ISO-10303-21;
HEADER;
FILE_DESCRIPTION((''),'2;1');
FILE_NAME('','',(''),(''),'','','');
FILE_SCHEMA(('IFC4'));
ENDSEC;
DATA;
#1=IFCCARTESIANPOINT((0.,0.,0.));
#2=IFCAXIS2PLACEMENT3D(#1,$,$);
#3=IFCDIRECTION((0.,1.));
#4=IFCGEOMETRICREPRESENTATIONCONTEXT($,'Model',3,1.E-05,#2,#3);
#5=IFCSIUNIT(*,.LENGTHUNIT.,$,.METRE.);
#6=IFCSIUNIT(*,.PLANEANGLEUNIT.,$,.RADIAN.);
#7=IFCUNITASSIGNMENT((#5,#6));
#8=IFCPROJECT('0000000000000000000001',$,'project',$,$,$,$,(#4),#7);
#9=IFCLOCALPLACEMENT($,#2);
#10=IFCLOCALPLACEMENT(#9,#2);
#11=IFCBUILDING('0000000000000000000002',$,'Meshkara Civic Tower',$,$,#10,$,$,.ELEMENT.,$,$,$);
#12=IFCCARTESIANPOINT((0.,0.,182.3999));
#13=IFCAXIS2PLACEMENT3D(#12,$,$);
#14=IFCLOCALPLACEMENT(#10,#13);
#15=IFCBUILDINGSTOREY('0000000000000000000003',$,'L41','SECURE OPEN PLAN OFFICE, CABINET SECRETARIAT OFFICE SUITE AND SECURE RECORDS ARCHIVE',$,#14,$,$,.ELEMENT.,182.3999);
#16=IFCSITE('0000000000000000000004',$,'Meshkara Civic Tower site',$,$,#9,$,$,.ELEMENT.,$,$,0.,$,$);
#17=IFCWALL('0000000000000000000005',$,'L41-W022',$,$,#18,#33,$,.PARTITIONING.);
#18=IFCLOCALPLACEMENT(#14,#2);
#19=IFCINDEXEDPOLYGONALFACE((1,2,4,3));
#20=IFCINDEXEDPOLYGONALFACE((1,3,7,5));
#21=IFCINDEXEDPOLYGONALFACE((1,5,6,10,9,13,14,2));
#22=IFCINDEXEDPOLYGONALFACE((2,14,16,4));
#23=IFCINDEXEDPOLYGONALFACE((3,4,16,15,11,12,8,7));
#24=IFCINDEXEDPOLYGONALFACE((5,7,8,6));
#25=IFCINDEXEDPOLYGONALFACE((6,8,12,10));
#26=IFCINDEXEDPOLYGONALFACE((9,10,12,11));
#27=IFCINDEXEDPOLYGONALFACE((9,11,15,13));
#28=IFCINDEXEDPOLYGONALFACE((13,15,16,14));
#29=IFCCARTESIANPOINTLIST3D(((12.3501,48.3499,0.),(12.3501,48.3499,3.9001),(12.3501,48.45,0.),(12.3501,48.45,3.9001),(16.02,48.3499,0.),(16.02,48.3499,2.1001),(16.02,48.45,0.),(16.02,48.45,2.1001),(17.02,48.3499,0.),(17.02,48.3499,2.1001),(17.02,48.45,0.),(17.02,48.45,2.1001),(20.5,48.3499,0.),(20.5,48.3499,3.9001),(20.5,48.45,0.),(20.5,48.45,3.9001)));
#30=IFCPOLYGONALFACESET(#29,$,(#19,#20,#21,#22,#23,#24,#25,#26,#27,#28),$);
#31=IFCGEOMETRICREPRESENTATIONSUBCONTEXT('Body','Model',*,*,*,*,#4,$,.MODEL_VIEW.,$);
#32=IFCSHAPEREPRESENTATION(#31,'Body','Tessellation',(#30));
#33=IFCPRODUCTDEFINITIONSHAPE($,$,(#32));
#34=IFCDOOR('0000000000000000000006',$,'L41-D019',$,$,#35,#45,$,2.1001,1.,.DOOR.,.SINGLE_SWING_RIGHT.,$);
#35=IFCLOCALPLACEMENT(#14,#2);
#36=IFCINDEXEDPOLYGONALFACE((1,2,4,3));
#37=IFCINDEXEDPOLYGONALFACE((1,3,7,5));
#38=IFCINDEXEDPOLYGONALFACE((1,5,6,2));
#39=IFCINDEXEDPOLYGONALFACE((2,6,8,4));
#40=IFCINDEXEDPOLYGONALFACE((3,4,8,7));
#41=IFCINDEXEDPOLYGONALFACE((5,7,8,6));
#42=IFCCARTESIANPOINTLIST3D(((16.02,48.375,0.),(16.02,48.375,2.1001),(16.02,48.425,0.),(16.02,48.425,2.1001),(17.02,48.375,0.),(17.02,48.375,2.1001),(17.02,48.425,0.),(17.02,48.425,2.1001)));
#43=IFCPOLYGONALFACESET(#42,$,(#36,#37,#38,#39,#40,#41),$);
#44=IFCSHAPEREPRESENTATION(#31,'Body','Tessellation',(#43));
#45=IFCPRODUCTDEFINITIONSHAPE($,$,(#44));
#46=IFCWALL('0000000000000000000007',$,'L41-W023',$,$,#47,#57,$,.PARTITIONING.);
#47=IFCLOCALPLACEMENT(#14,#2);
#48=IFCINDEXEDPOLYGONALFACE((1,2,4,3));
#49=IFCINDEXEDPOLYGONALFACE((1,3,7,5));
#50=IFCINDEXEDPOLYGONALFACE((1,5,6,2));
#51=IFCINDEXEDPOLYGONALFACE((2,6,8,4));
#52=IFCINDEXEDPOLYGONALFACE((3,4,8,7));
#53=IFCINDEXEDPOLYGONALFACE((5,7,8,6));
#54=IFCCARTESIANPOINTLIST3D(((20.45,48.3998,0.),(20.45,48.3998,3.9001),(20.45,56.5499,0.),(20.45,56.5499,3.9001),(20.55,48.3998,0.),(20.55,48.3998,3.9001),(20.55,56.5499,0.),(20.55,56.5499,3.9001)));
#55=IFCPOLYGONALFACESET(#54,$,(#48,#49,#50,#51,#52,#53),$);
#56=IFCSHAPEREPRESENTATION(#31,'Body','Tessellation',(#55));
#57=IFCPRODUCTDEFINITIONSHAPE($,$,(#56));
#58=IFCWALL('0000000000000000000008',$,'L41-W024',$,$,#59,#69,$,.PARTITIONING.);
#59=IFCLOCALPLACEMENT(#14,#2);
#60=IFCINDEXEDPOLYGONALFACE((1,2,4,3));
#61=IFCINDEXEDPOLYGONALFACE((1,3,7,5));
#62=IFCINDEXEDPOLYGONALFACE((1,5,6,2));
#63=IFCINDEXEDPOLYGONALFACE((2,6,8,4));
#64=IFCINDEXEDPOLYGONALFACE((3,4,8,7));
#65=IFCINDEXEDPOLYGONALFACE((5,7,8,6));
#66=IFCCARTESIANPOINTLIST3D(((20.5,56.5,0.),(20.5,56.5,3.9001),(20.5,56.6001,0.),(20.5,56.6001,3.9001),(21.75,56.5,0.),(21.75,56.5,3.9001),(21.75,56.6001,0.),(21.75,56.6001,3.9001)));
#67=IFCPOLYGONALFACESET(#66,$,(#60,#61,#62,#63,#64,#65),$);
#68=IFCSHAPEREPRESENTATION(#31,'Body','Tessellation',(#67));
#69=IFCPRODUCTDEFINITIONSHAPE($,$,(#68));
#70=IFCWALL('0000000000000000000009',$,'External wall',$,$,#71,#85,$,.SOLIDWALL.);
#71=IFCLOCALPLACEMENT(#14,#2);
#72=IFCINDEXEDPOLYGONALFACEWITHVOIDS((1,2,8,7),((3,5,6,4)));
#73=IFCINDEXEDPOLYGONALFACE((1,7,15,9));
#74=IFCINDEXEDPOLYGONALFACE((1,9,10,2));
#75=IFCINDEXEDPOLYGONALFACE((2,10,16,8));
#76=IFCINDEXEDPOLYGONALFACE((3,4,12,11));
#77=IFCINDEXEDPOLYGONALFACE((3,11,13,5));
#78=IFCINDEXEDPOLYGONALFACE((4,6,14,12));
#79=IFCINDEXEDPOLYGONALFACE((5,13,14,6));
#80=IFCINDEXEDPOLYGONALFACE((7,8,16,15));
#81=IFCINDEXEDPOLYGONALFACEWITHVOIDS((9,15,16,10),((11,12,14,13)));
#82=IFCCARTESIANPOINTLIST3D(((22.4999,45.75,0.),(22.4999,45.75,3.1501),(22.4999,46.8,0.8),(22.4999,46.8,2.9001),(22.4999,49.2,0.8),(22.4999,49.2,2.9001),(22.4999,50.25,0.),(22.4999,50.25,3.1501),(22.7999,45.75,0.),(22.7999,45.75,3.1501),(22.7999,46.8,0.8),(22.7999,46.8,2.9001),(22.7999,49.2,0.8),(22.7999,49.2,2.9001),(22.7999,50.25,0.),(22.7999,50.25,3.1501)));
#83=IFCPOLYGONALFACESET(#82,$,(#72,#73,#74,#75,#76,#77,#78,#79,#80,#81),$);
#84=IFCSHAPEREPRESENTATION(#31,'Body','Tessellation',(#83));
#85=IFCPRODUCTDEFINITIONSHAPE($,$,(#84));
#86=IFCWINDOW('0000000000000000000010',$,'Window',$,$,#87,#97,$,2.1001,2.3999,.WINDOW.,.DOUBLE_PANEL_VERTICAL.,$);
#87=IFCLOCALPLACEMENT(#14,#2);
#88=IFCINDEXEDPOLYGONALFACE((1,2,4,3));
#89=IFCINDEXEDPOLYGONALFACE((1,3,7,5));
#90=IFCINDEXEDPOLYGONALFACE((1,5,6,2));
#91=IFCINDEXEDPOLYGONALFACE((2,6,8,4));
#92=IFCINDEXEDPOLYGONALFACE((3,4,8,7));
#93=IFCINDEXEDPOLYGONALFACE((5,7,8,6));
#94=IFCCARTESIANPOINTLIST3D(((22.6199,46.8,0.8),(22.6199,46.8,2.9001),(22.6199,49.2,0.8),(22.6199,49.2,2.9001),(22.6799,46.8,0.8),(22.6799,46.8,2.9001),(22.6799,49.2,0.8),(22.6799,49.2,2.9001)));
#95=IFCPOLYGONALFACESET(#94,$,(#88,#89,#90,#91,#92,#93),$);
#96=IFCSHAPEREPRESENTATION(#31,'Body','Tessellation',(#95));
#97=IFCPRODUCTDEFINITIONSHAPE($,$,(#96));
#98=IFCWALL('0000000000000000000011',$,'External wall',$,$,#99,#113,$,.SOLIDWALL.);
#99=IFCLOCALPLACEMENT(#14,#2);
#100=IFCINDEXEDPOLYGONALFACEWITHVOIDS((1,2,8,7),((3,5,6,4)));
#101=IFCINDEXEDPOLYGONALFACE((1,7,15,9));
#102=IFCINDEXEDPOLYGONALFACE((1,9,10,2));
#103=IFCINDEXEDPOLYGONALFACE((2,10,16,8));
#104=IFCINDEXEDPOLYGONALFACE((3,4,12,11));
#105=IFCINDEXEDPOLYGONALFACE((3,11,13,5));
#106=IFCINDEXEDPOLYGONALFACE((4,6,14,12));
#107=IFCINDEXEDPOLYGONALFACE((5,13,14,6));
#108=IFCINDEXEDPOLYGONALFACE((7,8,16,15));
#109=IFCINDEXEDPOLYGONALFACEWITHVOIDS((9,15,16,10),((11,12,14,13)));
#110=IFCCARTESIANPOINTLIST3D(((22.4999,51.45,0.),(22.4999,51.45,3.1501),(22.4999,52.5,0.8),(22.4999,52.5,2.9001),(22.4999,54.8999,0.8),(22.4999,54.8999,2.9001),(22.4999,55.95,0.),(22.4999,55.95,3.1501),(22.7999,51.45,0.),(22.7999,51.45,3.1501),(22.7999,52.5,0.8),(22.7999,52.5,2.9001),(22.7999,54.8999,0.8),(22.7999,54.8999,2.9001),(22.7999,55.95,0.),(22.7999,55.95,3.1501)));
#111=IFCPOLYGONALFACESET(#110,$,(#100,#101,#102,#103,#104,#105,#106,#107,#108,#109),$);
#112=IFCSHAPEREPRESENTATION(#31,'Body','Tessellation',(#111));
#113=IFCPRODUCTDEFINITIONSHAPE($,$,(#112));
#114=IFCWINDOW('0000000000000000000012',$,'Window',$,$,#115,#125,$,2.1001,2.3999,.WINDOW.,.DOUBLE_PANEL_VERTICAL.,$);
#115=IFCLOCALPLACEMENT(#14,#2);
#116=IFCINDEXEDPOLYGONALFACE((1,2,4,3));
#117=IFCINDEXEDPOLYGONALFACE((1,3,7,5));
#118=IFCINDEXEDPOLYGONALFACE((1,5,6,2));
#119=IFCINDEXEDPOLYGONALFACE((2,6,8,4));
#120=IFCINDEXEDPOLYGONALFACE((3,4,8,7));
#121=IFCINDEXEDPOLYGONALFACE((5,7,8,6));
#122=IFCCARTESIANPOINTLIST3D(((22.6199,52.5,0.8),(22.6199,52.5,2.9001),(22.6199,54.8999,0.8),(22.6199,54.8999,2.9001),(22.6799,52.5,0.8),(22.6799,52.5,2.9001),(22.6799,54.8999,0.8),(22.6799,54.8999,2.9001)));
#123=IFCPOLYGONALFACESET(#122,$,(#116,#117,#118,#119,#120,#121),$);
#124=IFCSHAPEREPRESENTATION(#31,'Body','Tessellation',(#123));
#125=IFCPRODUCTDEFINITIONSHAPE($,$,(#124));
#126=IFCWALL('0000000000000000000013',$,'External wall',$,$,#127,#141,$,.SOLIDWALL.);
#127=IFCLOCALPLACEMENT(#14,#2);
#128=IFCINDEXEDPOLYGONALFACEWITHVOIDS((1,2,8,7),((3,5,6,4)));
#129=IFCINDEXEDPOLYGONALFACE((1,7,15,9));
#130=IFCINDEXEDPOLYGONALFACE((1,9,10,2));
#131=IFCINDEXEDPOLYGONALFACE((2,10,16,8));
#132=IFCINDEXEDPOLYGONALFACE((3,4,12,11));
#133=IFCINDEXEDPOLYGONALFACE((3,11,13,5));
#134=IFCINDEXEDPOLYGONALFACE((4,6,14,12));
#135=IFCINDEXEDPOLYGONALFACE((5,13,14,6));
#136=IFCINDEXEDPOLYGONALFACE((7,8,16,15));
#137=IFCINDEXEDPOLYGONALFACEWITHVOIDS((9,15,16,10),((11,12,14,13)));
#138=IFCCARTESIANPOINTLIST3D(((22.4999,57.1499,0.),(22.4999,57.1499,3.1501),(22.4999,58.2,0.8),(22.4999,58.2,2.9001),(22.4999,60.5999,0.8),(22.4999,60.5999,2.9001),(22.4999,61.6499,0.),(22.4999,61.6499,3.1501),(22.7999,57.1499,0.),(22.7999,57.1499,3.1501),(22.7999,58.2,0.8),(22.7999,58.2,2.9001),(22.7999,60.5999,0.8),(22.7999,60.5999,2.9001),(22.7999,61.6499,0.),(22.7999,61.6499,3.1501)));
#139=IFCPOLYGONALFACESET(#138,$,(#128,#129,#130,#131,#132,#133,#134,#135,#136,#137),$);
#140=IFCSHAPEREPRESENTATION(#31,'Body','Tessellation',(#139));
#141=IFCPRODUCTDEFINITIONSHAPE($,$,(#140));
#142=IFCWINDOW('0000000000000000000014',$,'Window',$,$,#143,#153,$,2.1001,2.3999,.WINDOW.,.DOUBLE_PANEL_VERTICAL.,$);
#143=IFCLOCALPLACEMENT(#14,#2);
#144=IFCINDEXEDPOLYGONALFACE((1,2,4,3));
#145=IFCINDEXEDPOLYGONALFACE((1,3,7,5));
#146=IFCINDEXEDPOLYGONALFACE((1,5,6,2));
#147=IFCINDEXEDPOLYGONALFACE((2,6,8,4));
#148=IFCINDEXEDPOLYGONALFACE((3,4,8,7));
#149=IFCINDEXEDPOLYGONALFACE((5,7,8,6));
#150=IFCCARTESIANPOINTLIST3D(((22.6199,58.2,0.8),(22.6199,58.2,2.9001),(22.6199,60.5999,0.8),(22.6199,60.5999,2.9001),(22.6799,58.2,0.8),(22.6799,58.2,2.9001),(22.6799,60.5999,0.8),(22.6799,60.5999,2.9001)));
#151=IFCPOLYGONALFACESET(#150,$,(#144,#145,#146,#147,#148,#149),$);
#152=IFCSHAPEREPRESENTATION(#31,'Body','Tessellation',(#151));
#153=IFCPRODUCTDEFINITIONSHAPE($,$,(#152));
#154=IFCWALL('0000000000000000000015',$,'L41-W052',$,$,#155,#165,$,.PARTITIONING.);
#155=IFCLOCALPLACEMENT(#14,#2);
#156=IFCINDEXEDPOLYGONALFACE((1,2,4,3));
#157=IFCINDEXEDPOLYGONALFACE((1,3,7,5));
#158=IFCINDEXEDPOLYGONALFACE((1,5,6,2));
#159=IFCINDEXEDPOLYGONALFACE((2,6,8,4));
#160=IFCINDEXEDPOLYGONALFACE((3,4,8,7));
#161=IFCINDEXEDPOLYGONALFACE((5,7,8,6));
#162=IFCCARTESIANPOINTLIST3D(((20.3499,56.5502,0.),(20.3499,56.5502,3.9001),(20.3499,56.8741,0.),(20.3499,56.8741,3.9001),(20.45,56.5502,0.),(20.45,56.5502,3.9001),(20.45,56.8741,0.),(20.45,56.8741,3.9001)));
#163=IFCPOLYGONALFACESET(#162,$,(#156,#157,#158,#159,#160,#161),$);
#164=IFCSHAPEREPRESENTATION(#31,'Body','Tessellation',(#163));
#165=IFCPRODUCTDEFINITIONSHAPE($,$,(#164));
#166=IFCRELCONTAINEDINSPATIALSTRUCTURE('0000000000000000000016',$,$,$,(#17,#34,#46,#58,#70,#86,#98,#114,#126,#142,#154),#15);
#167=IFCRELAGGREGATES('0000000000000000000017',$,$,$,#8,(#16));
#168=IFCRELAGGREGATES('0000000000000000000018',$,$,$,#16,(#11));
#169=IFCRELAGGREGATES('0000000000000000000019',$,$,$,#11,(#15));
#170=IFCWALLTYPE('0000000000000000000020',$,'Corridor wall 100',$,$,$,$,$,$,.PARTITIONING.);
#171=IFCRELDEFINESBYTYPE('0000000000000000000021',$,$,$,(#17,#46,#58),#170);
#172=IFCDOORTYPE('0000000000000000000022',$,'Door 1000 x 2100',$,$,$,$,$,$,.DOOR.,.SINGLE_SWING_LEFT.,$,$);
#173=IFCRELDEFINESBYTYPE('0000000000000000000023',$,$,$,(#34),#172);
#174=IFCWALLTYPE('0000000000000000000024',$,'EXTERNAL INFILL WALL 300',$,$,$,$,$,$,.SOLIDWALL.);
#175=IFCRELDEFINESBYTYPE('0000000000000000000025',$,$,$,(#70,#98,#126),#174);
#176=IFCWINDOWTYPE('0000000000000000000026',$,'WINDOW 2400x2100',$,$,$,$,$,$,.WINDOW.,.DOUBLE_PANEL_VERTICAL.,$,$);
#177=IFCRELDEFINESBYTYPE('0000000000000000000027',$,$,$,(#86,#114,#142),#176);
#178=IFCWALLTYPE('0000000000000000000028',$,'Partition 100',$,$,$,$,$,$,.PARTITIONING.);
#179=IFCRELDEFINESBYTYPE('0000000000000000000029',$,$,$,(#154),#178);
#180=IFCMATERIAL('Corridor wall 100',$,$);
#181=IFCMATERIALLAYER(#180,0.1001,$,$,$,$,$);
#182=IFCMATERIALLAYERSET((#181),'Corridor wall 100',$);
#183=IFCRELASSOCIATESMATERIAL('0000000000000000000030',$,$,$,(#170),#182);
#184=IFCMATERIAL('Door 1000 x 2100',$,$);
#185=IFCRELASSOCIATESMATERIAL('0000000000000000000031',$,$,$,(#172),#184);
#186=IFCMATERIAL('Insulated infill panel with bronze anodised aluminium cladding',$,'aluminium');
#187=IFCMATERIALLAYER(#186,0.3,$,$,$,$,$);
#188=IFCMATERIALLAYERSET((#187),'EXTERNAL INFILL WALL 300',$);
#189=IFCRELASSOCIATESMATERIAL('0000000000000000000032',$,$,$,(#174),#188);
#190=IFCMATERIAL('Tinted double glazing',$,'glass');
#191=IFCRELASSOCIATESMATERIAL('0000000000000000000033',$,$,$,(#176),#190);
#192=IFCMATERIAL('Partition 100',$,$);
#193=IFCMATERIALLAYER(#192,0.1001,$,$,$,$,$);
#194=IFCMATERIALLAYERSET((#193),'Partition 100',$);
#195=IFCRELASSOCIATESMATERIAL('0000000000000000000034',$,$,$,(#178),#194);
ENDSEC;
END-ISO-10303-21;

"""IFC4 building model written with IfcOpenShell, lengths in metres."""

from ifc_helpers import new_model, si_unit, direction, frame, frame_2d, origin, place, context, subcontext, project, spatial, rectangle, extrude, material, layer, layer_set, type_object, element, fill, save


model = new_model("IFC4")

# Units and contexts
model_context = context("Model", 3, precision=1e-05, world=origin(), true_north=direction((0.0, 1.0)))
body_context = subcontext(model_context, "Body", "Model", "MODEL_VIEW")
ifc_project = project(units=[si_unit("LENGTHUNIT", "METRE"), si_unit("PLANEANGLEUNIT", "RADIAN")], contexts=[model_context])

# Site, building, storey
site_placement = place(None, origin())
site = spatial("IfcSite", under=ifc_project, at=site_placement, Name="Meshkara Civic Tower site", CompositionType="ELEMENT", RefElevation=0.0)
building_placement = place(site_placement, origin())
building = spatial("IfcBuilding", under=site, at=building_placement, Name="Meshkara Civic Tower", CompositionType="ELEMENT")
storey_placement = place(building_placement, frame((0.0, 0.0, 182.3999)))
storey = spatial("IfcBuildingStorey", under=building, at=storey_placement, Name="L41", Description="SECURE OPEN PLAN OFFICE, CABINET SECRETARIAT OFFICE SUITE AND SECURE RECORDS ARCHIVE", CompositionType="ELEMENT", Elevation=182.3999)

# Shared definitions
ifc_material_1 = material(Name="Corridor wall 100")
ifc_layer_1 = layer(ifc_material_1, 0.1001)
ifc_layer_set_1 = layer_set([ifc_layer_1], Name="Corridor wall 100")
wall_type_1 = type_object("IfcWallType", Name="Corridor wall 100", PredefinedType="PARTITIONING", material=ifc_layer_set_1)

# Shared definitions
ifc_material_2 = material(Name="Door 1000 x 2100")
door_type = type_object("IfcDoorType", Name="Door 1000 x 2100", OperationType="SINGLE_SWING_LEFT", PredefinedType="DOOR", material=ifc_material_2)

# Wall, opening, door
wall_1_placement = place(storey_placement, frame((20.5, 48.3999, 0.0), z_axis=(0.0, 0.0, 1.0), x_axis=(-1.0, 0.0, 0.0)))
wall_1 = element("IfcWall", 1, at=wall_1_placement, inside=storey, type_object=wall_type_1, Name="L41-W022", PredefinedType="PARTITIONING", context=body_context, shape_type="SweptSolid", body=[
    extrude(rectangle(XDim=8.1499, YDim=0.1001, at=frame_2d((4.075, 0.0))), origin(), (0.0, 0.0, 1.0), 3.9001),
])
opening_1_placement = place(wall_1_placement, frame((3.48, 0.0, 0.0)))
opening_1 = element("IfcOpeningElement", 2, at=opening_1_placement, cuts=wall_1, PredefinedType="OPENING", context=body_context, shape_type="SweptSolid", body=[
    extrude(rectangle(XDim=1.0, YDim=2.1001, at=frame_2d((0.5, 1.05))), frame((0.0, 0.0601, 0.0), z_axis=(0.0, -1.0, 0.0), x_axis=(1.0, 0.0, 0.0)), (0.0, 0.0, 1.0), 0.1201),
])
door_1_placement = place(opening_1_placement, origin())
door_1 = element("IfcDoor", 3, at=door_1_placement, inside=storey, type_object=door_type, Name="L41-D019", OperationType="SINGLE_SWING_RIGHT", OverallHeight=2.1001, OverallWidth=1.0, PredefinedType="DOOR", context=body_context, shape_type="SweptSolid", body=[
    extrude(rectangle(XDim=1.0, YDim=2.1001, at=frame_2d((0.5, 1.05))), frame((0.0, 0.0249, 0.0), z_axis=(0.0, -1.0, 0.0), x_axis=(1.0, 0.0, 0.0)), (0.0, 0.0, 1.0), 0.05),
])
fill(opening_1, door_1)

# Walls
wall_2_placement = place(storey_placement, frame((20.5, 56.55, 0.0), z_axis=(0.0, 0.0, 1.0), x_axis=(0.0, -1.0, 0.0)))
element("IfcWall", 4, at=wall_2_placement, inside=storey, type_object=wall_type_1, Name="L41-W023", PredefinedType="PARTITIONING", context=body_context, shape_type="SweptSolid", body=[
    extrude(rectangle(XDim=8.1501, YDim=0.1001, at=frame_2d((4.0752, 0.0))), origin(), (0.0, 0.0, 1.0), 3.9001),
])
wall_3_placement = place(storey_placement, frame((21.75, 56.55, 0.0), z_axis=(0.0, 0.0, 1.0), x_axis=(-1.0, 0.0, 0.0)))
element("IfcWall", 5, at=wall_3_placement, inside=storey, type_object=wall_type_1, Name="L41-W024", PredefinedType="PARTITIONING", context=body_context, shape_type="SweptSolid", body=[
    extrude(rectangle(XDim=1.25, YDim=0.1001, at=frame_2d((0.625, 0.0))), origin(), (0.0, 0.0, 1.0), 3.9001),
])

# Walls, openings, windows
ifc_material_3 = material(Name="Insulated infill panel with bronze anodised aluminium cladding", Category="aluminium")
ifc_layer_2 = layer(ifc_material_3, 0.3)
ifc_layer_set_2 = layer_set([ifc_layer_2], Name="EXTERNAL INFILL WALL 300")
wall_type_2 = type_object("IfcWallType", Name="EXTERNAL INFILL WALL 300", PredefinedType="SOLIDWALL", material=ifc_layer_set_2)
wall_4_placement = place(storey_placement, frame((22.6499, 45.75, 0.0), z_axis=(0.0, 0.0, 1.0), x_axis=(0.0, 1.0, 0.0)))
wall_4 = element("IfcWall", 6, at=wall_4_placement, inside=storey, type_object=wall_type_2, Name="External wall", PredefinedType="SOLIDWALL", context=body_context, shape_type="SweptSolid", body=[
    extrude(rectangle(XDim=4.5, YDim=0.3, at=frame_2d((2.25, 0.0))), origin(), (0.0, 0.0, 1.0), 3.1501),
])
opening_2_placement = place(wall_4_placement, frame((1.05, 0.0, 0.8)))
opening_2 = element("IfcOpeningElement", 7, at=opening_2_placement, cuts=wall_4, PredefinedType="OPENING", context=body_context, shape_type="SweptSolid", body=[
    extrude(rectangle(XDim=2.3999, YDim=2.1001, at=frame_2d((1.2, 1.05))), frame((0.0, 0.1599, 0.0), z_axis=(0.0, -1.0, 0.0), x_axis=(1.0, 0.0, 0.0)), (0.0, 0.0, 1.0), 0.3201),
])
ifc_material_4 = material(Name="Tinted double glazing", Category="glass")
window_type = type_object("IfcWindowType", Name="WINDOW 2400x2100", PartitioningType="DOUBLE_PANEL_VERTICAL", PredefinedType="WINDOW", material=ifc_material_4)
window_1_placement = place(opening_2_placement, origin())
window_1 = element("IfcWindow", 8, at=window_1_placement, inside=storey, type_object=window_type, Name="Window", OverallHeight=2.1001, OverallWidth=2.3999, PartitioningType="DOUBLE_PANEL_VERTICAL", PredefinedType="WINDOW", context=body_context, shape_type="SweptSolid", body=[
    extrude(rectangle(XDim=2.3999, YDim=2.1001, at=frame_2d((1.2, 1.05))), frame((0.0, 0.03, 0.0), z_axis=(0.0, -1.0, 0.0), x_axis=(1.0, 0.0, 0.0)), (0.0, 0.0, 1.0), 0.0601),
])
fill(opening_2, window_1)
wall_5_placement = place(storey_placement, frame((22.6499, 51.45, 0.0), z_axis=(0.0, 0.0, 1.0), x_axis=(0.0, 1.0, 0.0)))
wall_5 = element("IfcWall", 9, at=wall_5_placement, inside=storey, type_object=wall_type_2, Name="External wall", PredefinedType="SOLIDWALL", context=body_context, shape_type="SweptSolid", body=[
    extrude(rectangle(XDim=4.5, YDim=0.3, at=frame_2d((2.25, 0.0))), origin(), (0.0, 0.0, 1.0), 3.1501),
])
opening_3_placement = place(wall_5_placement, frame((1.05, 0.0, 0.8)))
opening_3 = element("IfcOpeningElement", 10, at=opening_3_placement, cuts=wall_5, PredefinedType="OPENING", context=body_context, shape_type="SweptSolid", body=[
    extrude(rectangle(XDim=2.3999, YDim=2.1001, at=frame_2d((1.2, 1.05))), frame((0.0, 0.1599, 0.0), z_axis=(0.0, -1.0, 0.0), x_axis=(1.0, 0.0, 0.0)), (0.0, 0.0, 1.0), 0.3201),
])
window_2_placement = place(opening_3_placement, origin())
window_2 = element("IfcWindow", 11, at=window_2_placement, inside=storey, type_object=window_type, Name="Window", OverallHeight=2.1001, OverallWidth=2.3999, PartitioningType="DOUBLE_PANEL_VERTICAL", PredefinedType="WINDOW", context=body_context, shape_type="SweptSolid", body=[
    extrude(rectangle(XDim=2.3999, YDim=2.1001, at=frame_2d((1.2, 1.05))), frame((0.0, 0.03, 0.0), z_axis=(0.0, -1.0, 0.0), x_axis=(1.0, 0.0, 0.0)), (0.0, 0.0, 1.0), 0.0601),
])
fill(opening_3, window_2)
wall_6_placement = place(storey_placement, frame((22.6499, 57.1499, 0.0), z_axis=(0.0, 0.0, 1.0), x_axis=(0.0, 1.0, 0.0)))
wall_6 = element("IfcWall", 12, at=wall_6_placement, inside=storey, type_object=wall_type_2, Name="External wall", PredefinedType="SOLIDWALL", context=body_context, shape_type="SweptSolid", body=[
    extrude(rectangle(XDim=4.5, YDim=0.3, at=frame_2d((2.25, 0.0))), origin(), (0.0, 0.0, 1.0), 3.1501),
])
opening_4_placement = place(wall_6_placement, frame((1.05, 0.0, 0.8)))
opening_4 = element("IfcOpeningElement", 13, at=opening_4_placement, cuts=wall_6, PredefinedType="OPENING", context=body_context, shape_type="SweptSolid", body=[
    extrude(rectangle(XDim=2.3999, YDim=2.1001, at=frame_2d((1.2, 1.05))), frame((0.0, 0.1599, 0.0), z_axis=(0.0, -1.0, 0.0), x_axis=(1.0, 0.0, 0.0)), (0.0, 0.0, 1.0), 0.3201),
])
window_3_placement = place(opening_4_placement, origin())
window_3 = element("IfcWindow", 14, at=window_3_placement, inside=storey, type_object=window_type, Name="Window", OverallHeight=2.1001, OverallWidth=2.3999, PartitioningType="DOUBLE_PANEL_VERTICAL", PredefinedType="WINDOW", context=body_context, shape_type="SweptSolid", body=[
    extrude(rectangle(XDim=2.3999, YDim=2.1001, at=frame_2d((1.2, 1.05))), frame((0.0, 0.03, 0.0), z_axis=(0.0, -1.0, 0.0), x_axis=(1.0, 0.0, 0.0)), (0.0, 0.0, 1.0), 0.0601),
])
fill(opening_4, window_3)

# Wall
ifc_material_5 = material(Name="Partition 100")
ifc_layer_3 = layer(ifc_material_5, 0.1001)
ifc_layer_set_3 = layer_set([ifc_layer_3], Name="Partition 100")
wall_type_3 = type_object("IfcWallType", Name="Partition 100", PredefinedType="PARTITIONING", material=ifc_layer_set_3)
wall_7_placement = place(storey_placement, frame((20.3999, 56.55, 0.0), z_axis=(0.0, 0.0, 1.0), x_axis=(0.0, 1.0, 0.0)))
element("IfcWall", 15, at=wall_7_placement, inside=storey, type_object=wall_type_3, Name="L41-W052", PredefinedType="PARTITIONING", context=body_context, shape_type="SweptSolid", body=[
    extrude(rectangle(XDim=0.324, YDim=0.1001, at=frame_2d((0.1621, 0.0))), origin(), (0.0, 0.0, 1.0), 3.9001),
])

save(model, "model.ifc")
